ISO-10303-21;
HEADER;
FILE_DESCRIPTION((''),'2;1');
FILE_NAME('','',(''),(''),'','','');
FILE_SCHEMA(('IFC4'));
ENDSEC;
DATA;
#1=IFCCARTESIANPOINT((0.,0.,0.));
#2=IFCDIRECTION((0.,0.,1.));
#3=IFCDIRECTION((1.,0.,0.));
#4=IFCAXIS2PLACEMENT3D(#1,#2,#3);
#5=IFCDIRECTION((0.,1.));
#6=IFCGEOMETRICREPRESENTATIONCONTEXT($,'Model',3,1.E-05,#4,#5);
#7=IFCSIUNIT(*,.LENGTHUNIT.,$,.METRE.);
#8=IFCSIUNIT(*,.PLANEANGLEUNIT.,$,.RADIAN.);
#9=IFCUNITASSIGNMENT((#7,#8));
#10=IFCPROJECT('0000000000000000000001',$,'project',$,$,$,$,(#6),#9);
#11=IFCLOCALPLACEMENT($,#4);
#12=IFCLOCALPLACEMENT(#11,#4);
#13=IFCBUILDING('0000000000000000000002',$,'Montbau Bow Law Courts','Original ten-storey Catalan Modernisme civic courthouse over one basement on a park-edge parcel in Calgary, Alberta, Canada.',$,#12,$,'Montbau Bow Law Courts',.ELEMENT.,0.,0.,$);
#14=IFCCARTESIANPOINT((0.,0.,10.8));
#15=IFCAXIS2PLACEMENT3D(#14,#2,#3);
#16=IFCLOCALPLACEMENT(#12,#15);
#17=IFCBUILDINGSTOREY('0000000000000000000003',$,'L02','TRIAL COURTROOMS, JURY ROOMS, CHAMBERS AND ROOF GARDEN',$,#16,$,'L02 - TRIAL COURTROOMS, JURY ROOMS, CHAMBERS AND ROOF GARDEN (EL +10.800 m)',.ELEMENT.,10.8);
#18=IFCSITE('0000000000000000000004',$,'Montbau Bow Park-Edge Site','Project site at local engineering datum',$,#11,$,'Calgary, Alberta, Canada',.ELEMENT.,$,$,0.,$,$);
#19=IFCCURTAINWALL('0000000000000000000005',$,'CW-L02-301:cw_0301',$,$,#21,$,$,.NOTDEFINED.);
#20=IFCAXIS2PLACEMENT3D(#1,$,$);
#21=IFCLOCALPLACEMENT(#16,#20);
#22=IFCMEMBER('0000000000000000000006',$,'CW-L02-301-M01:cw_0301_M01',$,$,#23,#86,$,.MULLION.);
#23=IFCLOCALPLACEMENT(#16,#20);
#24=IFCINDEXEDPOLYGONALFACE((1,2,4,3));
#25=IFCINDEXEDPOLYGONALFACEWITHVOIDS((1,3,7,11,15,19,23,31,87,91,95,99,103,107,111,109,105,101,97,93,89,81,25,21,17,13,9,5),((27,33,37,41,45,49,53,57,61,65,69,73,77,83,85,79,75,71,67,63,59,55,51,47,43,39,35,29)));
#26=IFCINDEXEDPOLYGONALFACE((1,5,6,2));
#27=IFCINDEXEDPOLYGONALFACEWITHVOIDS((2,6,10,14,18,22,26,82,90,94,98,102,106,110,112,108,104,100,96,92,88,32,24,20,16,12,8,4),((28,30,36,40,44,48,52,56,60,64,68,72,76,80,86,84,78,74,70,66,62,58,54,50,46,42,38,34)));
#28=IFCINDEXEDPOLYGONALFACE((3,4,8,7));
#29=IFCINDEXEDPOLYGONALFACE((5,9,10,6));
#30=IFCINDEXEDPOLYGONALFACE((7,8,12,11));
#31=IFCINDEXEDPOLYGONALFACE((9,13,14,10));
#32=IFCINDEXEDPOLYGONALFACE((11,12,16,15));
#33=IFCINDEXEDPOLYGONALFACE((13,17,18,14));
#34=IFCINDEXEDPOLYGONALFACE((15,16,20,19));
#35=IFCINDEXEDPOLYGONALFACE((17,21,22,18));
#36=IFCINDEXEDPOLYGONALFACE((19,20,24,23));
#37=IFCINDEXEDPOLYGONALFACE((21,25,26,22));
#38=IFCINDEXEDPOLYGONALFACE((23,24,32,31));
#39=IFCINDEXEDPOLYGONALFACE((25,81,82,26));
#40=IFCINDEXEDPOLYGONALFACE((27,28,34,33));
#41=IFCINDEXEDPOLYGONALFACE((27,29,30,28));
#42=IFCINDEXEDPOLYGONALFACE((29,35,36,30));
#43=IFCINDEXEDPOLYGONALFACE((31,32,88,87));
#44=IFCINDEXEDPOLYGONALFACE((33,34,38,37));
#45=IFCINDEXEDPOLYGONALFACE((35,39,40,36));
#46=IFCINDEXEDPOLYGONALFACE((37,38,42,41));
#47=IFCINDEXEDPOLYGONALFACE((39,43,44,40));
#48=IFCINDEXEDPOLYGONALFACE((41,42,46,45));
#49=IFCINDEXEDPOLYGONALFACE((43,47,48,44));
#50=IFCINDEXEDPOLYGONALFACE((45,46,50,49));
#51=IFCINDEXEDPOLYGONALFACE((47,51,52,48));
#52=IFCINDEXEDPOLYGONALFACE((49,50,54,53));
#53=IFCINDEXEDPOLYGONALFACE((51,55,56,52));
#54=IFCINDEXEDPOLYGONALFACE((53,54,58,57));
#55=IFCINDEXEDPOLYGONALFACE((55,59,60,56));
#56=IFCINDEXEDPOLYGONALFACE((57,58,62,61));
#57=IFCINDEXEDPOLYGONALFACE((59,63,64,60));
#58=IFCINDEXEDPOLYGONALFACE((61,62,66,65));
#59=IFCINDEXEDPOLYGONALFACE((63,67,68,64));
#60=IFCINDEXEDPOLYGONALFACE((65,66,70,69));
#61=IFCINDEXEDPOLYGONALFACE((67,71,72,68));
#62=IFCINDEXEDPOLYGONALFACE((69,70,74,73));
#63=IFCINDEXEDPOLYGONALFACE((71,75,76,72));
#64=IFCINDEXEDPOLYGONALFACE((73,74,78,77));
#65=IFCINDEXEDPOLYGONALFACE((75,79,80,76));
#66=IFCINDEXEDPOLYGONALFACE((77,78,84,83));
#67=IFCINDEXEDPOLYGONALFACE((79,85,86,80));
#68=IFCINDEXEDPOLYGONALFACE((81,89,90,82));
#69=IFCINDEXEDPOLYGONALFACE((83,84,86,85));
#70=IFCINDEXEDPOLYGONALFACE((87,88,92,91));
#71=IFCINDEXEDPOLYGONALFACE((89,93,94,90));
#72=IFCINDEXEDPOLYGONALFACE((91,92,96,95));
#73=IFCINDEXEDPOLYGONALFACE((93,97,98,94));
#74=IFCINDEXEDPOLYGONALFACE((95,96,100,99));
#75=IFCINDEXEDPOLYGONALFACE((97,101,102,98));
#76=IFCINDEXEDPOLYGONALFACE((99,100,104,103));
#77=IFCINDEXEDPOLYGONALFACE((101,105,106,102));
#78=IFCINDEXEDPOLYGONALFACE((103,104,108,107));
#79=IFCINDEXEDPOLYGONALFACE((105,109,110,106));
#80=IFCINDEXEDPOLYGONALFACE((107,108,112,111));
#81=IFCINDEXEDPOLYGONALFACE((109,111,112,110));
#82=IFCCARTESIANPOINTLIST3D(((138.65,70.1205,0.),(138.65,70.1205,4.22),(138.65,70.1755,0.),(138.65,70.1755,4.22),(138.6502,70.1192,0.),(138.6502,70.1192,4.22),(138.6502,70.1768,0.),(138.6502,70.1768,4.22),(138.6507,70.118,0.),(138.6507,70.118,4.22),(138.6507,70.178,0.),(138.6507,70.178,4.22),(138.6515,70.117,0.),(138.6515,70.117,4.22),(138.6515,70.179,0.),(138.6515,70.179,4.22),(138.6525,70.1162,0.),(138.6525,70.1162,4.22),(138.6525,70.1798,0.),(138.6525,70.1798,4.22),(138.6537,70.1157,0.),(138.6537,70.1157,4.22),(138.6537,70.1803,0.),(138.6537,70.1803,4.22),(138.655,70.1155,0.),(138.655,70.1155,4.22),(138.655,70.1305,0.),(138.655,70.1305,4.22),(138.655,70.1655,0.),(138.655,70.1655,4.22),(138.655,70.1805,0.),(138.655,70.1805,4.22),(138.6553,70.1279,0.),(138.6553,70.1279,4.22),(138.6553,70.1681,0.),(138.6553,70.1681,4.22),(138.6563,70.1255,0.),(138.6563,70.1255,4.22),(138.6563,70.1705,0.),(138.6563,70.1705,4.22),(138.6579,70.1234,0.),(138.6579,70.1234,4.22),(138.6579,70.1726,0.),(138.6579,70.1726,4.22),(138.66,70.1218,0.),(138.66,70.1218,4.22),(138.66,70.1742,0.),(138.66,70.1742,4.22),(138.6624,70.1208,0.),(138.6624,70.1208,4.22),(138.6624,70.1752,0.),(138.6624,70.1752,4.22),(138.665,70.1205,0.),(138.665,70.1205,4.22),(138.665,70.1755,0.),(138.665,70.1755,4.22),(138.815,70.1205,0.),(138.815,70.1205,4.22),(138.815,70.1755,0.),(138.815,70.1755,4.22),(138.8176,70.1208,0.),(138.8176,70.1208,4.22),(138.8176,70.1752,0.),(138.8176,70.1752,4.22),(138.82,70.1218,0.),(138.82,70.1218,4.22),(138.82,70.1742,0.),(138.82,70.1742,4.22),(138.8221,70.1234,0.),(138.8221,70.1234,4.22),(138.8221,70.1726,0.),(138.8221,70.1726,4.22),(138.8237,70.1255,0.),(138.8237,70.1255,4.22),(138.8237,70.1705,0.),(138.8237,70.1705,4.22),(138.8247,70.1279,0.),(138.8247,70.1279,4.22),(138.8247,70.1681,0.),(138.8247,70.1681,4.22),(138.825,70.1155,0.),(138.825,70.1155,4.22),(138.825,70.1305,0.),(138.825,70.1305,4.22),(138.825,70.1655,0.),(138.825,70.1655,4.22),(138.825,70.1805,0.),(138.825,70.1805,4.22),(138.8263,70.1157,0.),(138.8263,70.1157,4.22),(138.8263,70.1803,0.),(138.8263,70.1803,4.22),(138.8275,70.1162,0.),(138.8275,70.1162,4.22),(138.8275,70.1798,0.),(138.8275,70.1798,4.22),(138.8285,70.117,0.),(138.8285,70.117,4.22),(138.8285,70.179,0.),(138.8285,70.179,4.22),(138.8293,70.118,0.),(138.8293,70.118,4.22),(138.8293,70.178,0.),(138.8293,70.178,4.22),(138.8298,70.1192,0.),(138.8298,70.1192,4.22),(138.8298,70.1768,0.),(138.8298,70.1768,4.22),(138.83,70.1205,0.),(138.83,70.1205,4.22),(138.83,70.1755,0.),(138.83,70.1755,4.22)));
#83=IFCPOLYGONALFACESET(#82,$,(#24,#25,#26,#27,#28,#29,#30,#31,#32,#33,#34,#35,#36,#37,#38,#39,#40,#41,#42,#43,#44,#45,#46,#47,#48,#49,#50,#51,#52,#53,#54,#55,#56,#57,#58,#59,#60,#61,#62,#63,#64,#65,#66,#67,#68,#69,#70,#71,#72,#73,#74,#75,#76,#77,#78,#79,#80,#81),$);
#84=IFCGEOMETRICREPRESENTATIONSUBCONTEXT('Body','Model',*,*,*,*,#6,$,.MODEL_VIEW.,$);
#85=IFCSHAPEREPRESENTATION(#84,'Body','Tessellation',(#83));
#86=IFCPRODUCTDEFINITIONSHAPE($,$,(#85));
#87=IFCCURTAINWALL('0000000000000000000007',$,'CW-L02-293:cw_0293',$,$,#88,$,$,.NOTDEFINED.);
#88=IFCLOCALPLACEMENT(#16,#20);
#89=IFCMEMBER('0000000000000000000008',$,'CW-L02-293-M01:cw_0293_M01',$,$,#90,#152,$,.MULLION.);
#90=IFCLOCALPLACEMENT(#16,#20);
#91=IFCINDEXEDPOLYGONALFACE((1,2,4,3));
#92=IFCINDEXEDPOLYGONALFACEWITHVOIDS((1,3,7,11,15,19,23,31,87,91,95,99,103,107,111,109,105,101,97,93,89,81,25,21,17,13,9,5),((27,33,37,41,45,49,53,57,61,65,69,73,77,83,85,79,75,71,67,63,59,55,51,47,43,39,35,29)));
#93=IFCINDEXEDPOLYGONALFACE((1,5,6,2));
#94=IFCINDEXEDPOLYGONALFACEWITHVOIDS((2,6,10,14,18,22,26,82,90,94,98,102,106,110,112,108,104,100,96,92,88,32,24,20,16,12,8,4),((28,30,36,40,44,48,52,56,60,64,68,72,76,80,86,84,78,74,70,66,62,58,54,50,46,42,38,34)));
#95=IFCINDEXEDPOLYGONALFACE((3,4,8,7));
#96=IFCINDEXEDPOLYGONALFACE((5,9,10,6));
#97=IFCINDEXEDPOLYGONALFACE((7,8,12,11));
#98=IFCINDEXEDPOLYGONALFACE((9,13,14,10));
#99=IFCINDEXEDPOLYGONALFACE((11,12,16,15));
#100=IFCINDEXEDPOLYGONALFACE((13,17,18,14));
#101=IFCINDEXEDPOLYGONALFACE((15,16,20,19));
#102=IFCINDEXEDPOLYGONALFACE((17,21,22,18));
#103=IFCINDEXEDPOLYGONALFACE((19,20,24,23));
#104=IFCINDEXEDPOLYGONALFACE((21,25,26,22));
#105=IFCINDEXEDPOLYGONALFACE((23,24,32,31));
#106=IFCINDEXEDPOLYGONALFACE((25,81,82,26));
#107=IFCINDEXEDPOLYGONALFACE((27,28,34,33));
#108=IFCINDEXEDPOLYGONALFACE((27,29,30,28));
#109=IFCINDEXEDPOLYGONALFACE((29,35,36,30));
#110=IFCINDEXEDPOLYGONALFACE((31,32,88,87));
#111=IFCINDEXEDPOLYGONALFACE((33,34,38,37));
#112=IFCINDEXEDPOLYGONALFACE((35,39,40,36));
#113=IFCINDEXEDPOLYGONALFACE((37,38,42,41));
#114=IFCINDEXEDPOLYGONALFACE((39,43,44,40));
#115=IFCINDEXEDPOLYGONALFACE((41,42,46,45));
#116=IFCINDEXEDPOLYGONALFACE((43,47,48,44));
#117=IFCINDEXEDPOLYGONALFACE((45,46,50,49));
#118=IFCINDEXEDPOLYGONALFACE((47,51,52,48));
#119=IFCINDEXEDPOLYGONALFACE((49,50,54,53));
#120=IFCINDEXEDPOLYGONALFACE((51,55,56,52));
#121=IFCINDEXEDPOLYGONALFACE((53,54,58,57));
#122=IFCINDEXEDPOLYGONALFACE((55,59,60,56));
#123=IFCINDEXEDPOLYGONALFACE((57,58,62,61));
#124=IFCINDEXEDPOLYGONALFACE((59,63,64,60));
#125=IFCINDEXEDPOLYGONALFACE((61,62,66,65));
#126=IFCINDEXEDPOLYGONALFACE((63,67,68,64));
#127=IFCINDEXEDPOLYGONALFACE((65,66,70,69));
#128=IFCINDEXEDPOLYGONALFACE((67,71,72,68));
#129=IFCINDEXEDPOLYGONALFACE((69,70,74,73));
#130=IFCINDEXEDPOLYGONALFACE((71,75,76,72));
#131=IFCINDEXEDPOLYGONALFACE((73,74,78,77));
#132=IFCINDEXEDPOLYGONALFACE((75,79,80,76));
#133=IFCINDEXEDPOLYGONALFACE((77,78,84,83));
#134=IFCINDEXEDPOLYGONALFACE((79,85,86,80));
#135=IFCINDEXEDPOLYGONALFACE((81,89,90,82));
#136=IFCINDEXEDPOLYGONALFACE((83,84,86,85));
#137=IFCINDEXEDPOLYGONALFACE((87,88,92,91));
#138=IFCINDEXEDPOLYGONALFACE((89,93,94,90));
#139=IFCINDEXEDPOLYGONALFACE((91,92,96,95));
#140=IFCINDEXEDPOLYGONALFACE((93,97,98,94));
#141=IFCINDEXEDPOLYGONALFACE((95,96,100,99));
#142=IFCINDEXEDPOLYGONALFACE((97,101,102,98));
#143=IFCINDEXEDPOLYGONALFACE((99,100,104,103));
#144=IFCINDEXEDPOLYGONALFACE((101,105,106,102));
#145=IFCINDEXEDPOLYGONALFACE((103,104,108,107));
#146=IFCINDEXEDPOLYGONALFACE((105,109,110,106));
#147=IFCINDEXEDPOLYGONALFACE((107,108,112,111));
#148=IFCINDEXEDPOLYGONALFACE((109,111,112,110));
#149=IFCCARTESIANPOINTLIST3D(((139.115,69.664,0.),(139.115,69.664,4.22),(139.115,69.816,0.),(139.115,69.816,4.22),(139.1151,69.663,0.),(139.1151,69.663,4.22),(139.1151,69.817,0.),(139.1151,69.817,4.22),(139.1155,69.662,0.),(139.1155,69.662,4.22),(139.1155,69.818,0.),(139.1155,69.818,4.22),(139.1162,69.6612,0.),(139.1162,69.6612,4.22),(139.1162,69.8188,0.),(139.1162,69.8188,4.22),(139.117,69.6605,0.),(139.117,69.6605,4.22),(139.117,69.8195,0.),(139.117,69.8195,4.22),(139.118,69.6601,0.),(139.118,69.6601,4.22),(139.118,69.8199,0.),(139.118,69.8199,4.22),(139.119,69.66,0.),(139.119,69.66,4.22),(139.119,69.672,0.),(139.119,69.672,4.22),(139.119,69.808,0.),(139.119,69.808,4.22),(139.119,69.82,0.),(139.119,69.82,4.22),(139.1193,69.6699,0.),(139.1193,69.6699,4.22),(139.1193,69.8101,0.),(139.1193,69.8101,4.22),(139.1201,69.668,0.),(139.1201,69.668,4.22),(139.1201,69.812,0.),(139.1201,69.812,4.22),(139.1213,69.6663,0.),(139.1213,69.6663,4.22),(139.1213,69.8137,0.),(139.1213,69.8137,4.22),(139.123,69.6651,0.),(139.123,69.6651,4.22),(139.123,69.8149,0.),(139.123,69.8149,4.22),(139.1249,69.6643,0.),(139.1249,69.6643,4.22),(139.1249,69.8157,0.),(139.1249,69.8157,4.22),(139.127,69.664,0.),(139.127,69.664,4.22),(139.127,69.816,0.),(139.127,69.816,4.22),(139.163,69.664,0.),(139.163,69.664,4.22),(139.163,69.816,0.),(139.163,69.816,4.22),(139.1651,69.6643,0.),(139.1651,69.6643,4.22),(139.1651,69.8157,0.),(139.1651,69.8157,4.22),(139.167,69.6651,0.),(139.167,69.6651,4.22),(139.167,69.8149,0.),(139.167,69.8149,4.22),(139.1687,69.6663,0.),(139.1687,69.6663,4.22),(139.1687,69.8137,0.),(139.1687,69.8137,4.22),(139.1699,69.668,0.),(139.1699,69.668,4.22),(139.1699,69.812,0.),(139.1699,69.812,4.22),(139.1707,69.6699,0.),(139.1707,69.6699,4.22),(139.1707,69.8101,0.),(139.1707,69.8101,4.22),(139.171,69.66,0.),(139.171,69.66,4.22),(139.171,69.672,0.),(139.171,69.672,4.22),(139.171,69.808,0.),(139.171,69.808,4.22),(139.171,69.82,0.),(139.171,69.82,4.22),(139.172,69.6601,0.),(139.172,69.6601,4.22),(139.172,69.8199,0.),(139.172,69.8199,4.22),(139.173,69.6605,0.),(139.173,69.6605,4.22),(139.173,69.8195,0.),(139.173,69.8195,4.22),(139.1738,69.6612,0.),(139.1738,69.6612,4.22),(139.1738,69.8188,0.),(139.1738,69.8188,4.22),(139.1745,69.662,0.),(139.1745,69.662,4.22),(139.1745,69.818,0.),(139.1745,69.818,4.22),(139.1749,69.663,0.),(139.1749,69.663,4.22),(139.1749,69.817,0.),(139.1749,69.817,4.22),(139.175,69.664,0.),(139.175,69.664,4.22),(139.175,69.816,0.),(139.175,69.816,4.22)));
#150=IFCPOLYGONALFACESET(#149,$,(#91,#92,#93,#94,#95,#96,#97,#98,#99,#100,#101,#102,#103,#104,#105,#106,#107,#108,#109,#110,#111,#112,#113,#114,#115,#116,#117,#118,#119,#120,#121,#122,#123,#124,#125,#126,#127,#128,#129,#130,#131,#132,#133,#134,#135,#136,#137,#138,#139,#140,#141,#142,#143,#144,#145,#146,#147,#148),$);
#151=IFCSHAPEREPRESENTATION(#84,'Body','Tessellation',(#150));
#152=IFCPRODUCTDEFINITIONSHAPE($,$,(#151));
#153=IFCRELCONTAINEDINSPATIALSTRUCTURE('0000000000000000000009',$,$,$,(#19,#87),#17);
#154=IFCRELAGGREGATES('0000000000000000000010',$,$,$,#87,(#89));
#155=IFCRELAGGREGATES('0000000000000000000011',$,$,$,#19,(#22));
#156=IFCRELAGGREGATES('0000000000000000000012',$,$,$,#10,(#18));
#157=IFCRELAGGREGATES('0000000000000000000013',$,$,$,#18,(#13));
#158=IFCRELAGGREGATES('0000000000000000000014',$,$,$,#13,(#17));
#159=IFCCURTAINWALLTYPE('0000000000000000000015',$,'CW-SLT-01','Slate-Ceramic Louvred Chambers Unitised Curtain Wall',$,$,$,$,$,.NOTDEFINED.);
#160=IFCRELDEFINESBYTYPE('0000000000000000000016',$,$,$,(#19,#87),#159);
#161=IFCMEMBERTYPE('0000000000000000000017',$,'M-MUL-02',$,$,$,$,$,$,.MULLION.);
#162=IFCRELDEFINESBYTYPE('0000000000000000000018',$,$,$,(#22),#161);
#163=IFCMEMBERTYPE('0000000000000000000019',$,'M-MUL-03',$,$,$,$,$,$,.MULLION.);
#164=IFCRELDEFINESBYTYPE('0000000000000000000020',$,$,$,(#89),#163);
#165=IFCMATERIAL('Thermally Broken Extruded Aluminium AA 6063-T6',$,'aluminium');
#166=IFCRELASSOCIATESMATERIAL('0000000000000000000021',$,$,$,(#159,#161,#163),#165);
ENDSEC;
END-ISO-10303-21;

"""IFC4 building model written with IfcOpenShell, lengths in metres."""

from ifc_helpers import new_model, si_unit, direction, frame, origin_with_axes, origin_2d_with_axis, place, context, subcontext, project, spatial, hollow_rectangle, extrude, material, material_profile, profile_set, type_object, element, aggregate, save


model = new_model("IFC4")

# Units and contexts
model_context = context("Model", 3, precision=1e-05, world=origin_with_axes(), true_north=direction((0.0, 1.0)))
body_context = subcontext(model_context, "Body", "Model", "MODEL_VIEW")
ifc_project = project(units=[si_unit("LENGTHUNIT", "METRE"), si_unit("PLANEANGLEUNIT", "RADIAN")], contexts=[model_context])

# Site, building, storey
site_placement = place(None, origin_with_axes())
site = spatial("IfcSite", under=ifc_project, at=site_placement, Name="Montbau Bow Park-Edge Site", Description="Project site at local engineering datum", LongName="Calgary, Alberta, Canada", CompositionType="ELEMENT", RefElevation=0.0)
building_placement = place(site_placement, origin_with_axes())
building = spatial("IfcBuilding", under=site, at=building_placement, Name="Montbau Bow Law Courts", Description="Original ten-storey Catalan Modernisme civic courthouse over one basement on a park-edge parcel in Calgary, Alberta, Canada.", LongName="Montbau Bow Law Courts", CompositionType="ELEMENT", ElevationOfRefHeight=0.0, ElevationOfTerrain=0.0)
storey_placement = place(building_placement, frame((0.0, 0.0, 10.8), z_axis=(0.0, 0.0, 1.0), x_axis=(1.0, 0.0, 0.0)))
storey = spatial("IfcBuildingStorey", under=building, at=storey_placement, Name="L02", Description="TRIAL COURTROOMS, JURY ROOMS, CHAMBERS AND ROOF GARDEN", LongName="L02 - TRIAL COURTROOMS, JURY ROOMS, CHAMBERS AND ROOF GARDEN (EL +10.800 m)", CompositionType="ELEMENT", Elevation=10.8)

# Curtain wall, member
ifc_material_1 = material(Name="Thermally Broken Extruded Aluminium AA 6063-T6", Category="aluminium")
curtain_wall_type = type_object("IfcCurtainWallType", Name="CW-SLT-01", Description="Slate-Ceramic Louvred Chambers Unitised Curtain Wall", PredefinedType="NOTDEFINED", material=ifc_material_1)
curtain_wall_1_placement = place(None, frame((138.74, 70.115, 10.8), z_axis=(0.0, 0.0, 1.0), x_axis=(1.0, 0.0, 0.0)))
curtain_wall_1 = element("IfcCurtainWall", 1, at=curtain_wall_1_placement, inside=storey, type_object=curtain_wall_type, Name="CW-L02-301:cw_0301", PredefinedType="NOTDEFINED")
ifc_material_profile_1 = material_profile(ifc_material_1, hollow_rectangle(XDim=0.065, YDim=0.18, WallThickness=0.005, InnerFilletRadius=0.01, OuterFilletRadius=0.005, at=origin_2d_with_axis()), Name="CWM-180X65", Category="Main", Priority=0)
ifc_profile_set_1 = profile_set([ifc_material_profile_1], Name="Thermally Broken Extruded Aluminium AA 6063-T6")
member_type_1 = type_object("IfcMemberType", Name="M-MUL-02", PredefinedType="MULLION", material=ifc_profile_set_1)
member_1_placement = place(None, frame((138.74, 70.148, 10.8), z_axis=(0.0, 0.0, 1.0), x_axis=(0.0, 1.0, 0.0)))
member_1 = element("IfcMember", 2, at=member_1_placement, type_object=member_type_1, Name="CW-L02-301-M01:cw_0301_M01", PredefinedType="MULLION", context=body_context, shape_type="SweptSolid", body=[
    extrude(hollow_rectangle(XDim=0.065, YDim=0.18, WallThickness=0.005, InnerFilletRadius=0.01, OuterFilletRadius=0.005, at=origin_2d_with_axis()), origin_with_axes(), (0.0, 0.0, 1.0), 4.22),
])

# Curtain wall, member
curtain_wall_2_placement = place(None, frame((139.115, 69.74, 10.8), z_axis=(0.0, 0.0, 1.0), x_axis=(1.0, 0.0, 0.0)))
curtain_wall_2 = element("IfcCurtainWall", 3, at=curtain_wall_2_placement, inside=storey, type_object=curtain_wall_type, Name="CW-L02-293:cw_0293", PredefinedType="NOTDEFINED")
ifc_material_profile_2 = material_profile(ifc_material_1, hollow_rectangle(XDim=0.06, YDim=0.16, WallThickness=0.004, InnerFilletRadius=0.008, OuterFilletRadius=0.004, at=origin_2d_with_axis()), Name="CWM-160X60", Category="Main", Priority=0)
ifc_profile_set_2 = profile_set([ifc_material_profile_2], Name="Thermally Broken Extruded Aluminium AA 6063-T6")
member_type_2 = type_object("IfcMemberType", Name="M-MUL-03", PredefinedType="MULLION", material=ifc_profile_set_2)
member_2_placement = place(None, frame((139.145, 69.74, 10.8), z_axis=(0.0, 0.0, 1.0), x_axis=(1.0, 0.0, 0.0)))
member_2 = element("IfcMember", 4, at=member_2_placement, type_object=member_type_2, Name="CW-L02-293-M01:cw_0293_M01", PredefinedType="MULLION", context=body_context, shape_type="SweptSolid", body=[
    extrude(hollow_rectangle(XDim=0.06, YDim=0.16, WallThickness=0.004, InnerFilletRadius=0.008, OuterFilletRadius=0.004, at=origin_2d_with_axis()), origin_with_axes(), (0.0, 0.0, 1.0), 4.22),
])

aggregate(curtain_wall_2, [member_2])
aggregate(curtain_wall_1, [member_1])

save(model, "model.ifc")
